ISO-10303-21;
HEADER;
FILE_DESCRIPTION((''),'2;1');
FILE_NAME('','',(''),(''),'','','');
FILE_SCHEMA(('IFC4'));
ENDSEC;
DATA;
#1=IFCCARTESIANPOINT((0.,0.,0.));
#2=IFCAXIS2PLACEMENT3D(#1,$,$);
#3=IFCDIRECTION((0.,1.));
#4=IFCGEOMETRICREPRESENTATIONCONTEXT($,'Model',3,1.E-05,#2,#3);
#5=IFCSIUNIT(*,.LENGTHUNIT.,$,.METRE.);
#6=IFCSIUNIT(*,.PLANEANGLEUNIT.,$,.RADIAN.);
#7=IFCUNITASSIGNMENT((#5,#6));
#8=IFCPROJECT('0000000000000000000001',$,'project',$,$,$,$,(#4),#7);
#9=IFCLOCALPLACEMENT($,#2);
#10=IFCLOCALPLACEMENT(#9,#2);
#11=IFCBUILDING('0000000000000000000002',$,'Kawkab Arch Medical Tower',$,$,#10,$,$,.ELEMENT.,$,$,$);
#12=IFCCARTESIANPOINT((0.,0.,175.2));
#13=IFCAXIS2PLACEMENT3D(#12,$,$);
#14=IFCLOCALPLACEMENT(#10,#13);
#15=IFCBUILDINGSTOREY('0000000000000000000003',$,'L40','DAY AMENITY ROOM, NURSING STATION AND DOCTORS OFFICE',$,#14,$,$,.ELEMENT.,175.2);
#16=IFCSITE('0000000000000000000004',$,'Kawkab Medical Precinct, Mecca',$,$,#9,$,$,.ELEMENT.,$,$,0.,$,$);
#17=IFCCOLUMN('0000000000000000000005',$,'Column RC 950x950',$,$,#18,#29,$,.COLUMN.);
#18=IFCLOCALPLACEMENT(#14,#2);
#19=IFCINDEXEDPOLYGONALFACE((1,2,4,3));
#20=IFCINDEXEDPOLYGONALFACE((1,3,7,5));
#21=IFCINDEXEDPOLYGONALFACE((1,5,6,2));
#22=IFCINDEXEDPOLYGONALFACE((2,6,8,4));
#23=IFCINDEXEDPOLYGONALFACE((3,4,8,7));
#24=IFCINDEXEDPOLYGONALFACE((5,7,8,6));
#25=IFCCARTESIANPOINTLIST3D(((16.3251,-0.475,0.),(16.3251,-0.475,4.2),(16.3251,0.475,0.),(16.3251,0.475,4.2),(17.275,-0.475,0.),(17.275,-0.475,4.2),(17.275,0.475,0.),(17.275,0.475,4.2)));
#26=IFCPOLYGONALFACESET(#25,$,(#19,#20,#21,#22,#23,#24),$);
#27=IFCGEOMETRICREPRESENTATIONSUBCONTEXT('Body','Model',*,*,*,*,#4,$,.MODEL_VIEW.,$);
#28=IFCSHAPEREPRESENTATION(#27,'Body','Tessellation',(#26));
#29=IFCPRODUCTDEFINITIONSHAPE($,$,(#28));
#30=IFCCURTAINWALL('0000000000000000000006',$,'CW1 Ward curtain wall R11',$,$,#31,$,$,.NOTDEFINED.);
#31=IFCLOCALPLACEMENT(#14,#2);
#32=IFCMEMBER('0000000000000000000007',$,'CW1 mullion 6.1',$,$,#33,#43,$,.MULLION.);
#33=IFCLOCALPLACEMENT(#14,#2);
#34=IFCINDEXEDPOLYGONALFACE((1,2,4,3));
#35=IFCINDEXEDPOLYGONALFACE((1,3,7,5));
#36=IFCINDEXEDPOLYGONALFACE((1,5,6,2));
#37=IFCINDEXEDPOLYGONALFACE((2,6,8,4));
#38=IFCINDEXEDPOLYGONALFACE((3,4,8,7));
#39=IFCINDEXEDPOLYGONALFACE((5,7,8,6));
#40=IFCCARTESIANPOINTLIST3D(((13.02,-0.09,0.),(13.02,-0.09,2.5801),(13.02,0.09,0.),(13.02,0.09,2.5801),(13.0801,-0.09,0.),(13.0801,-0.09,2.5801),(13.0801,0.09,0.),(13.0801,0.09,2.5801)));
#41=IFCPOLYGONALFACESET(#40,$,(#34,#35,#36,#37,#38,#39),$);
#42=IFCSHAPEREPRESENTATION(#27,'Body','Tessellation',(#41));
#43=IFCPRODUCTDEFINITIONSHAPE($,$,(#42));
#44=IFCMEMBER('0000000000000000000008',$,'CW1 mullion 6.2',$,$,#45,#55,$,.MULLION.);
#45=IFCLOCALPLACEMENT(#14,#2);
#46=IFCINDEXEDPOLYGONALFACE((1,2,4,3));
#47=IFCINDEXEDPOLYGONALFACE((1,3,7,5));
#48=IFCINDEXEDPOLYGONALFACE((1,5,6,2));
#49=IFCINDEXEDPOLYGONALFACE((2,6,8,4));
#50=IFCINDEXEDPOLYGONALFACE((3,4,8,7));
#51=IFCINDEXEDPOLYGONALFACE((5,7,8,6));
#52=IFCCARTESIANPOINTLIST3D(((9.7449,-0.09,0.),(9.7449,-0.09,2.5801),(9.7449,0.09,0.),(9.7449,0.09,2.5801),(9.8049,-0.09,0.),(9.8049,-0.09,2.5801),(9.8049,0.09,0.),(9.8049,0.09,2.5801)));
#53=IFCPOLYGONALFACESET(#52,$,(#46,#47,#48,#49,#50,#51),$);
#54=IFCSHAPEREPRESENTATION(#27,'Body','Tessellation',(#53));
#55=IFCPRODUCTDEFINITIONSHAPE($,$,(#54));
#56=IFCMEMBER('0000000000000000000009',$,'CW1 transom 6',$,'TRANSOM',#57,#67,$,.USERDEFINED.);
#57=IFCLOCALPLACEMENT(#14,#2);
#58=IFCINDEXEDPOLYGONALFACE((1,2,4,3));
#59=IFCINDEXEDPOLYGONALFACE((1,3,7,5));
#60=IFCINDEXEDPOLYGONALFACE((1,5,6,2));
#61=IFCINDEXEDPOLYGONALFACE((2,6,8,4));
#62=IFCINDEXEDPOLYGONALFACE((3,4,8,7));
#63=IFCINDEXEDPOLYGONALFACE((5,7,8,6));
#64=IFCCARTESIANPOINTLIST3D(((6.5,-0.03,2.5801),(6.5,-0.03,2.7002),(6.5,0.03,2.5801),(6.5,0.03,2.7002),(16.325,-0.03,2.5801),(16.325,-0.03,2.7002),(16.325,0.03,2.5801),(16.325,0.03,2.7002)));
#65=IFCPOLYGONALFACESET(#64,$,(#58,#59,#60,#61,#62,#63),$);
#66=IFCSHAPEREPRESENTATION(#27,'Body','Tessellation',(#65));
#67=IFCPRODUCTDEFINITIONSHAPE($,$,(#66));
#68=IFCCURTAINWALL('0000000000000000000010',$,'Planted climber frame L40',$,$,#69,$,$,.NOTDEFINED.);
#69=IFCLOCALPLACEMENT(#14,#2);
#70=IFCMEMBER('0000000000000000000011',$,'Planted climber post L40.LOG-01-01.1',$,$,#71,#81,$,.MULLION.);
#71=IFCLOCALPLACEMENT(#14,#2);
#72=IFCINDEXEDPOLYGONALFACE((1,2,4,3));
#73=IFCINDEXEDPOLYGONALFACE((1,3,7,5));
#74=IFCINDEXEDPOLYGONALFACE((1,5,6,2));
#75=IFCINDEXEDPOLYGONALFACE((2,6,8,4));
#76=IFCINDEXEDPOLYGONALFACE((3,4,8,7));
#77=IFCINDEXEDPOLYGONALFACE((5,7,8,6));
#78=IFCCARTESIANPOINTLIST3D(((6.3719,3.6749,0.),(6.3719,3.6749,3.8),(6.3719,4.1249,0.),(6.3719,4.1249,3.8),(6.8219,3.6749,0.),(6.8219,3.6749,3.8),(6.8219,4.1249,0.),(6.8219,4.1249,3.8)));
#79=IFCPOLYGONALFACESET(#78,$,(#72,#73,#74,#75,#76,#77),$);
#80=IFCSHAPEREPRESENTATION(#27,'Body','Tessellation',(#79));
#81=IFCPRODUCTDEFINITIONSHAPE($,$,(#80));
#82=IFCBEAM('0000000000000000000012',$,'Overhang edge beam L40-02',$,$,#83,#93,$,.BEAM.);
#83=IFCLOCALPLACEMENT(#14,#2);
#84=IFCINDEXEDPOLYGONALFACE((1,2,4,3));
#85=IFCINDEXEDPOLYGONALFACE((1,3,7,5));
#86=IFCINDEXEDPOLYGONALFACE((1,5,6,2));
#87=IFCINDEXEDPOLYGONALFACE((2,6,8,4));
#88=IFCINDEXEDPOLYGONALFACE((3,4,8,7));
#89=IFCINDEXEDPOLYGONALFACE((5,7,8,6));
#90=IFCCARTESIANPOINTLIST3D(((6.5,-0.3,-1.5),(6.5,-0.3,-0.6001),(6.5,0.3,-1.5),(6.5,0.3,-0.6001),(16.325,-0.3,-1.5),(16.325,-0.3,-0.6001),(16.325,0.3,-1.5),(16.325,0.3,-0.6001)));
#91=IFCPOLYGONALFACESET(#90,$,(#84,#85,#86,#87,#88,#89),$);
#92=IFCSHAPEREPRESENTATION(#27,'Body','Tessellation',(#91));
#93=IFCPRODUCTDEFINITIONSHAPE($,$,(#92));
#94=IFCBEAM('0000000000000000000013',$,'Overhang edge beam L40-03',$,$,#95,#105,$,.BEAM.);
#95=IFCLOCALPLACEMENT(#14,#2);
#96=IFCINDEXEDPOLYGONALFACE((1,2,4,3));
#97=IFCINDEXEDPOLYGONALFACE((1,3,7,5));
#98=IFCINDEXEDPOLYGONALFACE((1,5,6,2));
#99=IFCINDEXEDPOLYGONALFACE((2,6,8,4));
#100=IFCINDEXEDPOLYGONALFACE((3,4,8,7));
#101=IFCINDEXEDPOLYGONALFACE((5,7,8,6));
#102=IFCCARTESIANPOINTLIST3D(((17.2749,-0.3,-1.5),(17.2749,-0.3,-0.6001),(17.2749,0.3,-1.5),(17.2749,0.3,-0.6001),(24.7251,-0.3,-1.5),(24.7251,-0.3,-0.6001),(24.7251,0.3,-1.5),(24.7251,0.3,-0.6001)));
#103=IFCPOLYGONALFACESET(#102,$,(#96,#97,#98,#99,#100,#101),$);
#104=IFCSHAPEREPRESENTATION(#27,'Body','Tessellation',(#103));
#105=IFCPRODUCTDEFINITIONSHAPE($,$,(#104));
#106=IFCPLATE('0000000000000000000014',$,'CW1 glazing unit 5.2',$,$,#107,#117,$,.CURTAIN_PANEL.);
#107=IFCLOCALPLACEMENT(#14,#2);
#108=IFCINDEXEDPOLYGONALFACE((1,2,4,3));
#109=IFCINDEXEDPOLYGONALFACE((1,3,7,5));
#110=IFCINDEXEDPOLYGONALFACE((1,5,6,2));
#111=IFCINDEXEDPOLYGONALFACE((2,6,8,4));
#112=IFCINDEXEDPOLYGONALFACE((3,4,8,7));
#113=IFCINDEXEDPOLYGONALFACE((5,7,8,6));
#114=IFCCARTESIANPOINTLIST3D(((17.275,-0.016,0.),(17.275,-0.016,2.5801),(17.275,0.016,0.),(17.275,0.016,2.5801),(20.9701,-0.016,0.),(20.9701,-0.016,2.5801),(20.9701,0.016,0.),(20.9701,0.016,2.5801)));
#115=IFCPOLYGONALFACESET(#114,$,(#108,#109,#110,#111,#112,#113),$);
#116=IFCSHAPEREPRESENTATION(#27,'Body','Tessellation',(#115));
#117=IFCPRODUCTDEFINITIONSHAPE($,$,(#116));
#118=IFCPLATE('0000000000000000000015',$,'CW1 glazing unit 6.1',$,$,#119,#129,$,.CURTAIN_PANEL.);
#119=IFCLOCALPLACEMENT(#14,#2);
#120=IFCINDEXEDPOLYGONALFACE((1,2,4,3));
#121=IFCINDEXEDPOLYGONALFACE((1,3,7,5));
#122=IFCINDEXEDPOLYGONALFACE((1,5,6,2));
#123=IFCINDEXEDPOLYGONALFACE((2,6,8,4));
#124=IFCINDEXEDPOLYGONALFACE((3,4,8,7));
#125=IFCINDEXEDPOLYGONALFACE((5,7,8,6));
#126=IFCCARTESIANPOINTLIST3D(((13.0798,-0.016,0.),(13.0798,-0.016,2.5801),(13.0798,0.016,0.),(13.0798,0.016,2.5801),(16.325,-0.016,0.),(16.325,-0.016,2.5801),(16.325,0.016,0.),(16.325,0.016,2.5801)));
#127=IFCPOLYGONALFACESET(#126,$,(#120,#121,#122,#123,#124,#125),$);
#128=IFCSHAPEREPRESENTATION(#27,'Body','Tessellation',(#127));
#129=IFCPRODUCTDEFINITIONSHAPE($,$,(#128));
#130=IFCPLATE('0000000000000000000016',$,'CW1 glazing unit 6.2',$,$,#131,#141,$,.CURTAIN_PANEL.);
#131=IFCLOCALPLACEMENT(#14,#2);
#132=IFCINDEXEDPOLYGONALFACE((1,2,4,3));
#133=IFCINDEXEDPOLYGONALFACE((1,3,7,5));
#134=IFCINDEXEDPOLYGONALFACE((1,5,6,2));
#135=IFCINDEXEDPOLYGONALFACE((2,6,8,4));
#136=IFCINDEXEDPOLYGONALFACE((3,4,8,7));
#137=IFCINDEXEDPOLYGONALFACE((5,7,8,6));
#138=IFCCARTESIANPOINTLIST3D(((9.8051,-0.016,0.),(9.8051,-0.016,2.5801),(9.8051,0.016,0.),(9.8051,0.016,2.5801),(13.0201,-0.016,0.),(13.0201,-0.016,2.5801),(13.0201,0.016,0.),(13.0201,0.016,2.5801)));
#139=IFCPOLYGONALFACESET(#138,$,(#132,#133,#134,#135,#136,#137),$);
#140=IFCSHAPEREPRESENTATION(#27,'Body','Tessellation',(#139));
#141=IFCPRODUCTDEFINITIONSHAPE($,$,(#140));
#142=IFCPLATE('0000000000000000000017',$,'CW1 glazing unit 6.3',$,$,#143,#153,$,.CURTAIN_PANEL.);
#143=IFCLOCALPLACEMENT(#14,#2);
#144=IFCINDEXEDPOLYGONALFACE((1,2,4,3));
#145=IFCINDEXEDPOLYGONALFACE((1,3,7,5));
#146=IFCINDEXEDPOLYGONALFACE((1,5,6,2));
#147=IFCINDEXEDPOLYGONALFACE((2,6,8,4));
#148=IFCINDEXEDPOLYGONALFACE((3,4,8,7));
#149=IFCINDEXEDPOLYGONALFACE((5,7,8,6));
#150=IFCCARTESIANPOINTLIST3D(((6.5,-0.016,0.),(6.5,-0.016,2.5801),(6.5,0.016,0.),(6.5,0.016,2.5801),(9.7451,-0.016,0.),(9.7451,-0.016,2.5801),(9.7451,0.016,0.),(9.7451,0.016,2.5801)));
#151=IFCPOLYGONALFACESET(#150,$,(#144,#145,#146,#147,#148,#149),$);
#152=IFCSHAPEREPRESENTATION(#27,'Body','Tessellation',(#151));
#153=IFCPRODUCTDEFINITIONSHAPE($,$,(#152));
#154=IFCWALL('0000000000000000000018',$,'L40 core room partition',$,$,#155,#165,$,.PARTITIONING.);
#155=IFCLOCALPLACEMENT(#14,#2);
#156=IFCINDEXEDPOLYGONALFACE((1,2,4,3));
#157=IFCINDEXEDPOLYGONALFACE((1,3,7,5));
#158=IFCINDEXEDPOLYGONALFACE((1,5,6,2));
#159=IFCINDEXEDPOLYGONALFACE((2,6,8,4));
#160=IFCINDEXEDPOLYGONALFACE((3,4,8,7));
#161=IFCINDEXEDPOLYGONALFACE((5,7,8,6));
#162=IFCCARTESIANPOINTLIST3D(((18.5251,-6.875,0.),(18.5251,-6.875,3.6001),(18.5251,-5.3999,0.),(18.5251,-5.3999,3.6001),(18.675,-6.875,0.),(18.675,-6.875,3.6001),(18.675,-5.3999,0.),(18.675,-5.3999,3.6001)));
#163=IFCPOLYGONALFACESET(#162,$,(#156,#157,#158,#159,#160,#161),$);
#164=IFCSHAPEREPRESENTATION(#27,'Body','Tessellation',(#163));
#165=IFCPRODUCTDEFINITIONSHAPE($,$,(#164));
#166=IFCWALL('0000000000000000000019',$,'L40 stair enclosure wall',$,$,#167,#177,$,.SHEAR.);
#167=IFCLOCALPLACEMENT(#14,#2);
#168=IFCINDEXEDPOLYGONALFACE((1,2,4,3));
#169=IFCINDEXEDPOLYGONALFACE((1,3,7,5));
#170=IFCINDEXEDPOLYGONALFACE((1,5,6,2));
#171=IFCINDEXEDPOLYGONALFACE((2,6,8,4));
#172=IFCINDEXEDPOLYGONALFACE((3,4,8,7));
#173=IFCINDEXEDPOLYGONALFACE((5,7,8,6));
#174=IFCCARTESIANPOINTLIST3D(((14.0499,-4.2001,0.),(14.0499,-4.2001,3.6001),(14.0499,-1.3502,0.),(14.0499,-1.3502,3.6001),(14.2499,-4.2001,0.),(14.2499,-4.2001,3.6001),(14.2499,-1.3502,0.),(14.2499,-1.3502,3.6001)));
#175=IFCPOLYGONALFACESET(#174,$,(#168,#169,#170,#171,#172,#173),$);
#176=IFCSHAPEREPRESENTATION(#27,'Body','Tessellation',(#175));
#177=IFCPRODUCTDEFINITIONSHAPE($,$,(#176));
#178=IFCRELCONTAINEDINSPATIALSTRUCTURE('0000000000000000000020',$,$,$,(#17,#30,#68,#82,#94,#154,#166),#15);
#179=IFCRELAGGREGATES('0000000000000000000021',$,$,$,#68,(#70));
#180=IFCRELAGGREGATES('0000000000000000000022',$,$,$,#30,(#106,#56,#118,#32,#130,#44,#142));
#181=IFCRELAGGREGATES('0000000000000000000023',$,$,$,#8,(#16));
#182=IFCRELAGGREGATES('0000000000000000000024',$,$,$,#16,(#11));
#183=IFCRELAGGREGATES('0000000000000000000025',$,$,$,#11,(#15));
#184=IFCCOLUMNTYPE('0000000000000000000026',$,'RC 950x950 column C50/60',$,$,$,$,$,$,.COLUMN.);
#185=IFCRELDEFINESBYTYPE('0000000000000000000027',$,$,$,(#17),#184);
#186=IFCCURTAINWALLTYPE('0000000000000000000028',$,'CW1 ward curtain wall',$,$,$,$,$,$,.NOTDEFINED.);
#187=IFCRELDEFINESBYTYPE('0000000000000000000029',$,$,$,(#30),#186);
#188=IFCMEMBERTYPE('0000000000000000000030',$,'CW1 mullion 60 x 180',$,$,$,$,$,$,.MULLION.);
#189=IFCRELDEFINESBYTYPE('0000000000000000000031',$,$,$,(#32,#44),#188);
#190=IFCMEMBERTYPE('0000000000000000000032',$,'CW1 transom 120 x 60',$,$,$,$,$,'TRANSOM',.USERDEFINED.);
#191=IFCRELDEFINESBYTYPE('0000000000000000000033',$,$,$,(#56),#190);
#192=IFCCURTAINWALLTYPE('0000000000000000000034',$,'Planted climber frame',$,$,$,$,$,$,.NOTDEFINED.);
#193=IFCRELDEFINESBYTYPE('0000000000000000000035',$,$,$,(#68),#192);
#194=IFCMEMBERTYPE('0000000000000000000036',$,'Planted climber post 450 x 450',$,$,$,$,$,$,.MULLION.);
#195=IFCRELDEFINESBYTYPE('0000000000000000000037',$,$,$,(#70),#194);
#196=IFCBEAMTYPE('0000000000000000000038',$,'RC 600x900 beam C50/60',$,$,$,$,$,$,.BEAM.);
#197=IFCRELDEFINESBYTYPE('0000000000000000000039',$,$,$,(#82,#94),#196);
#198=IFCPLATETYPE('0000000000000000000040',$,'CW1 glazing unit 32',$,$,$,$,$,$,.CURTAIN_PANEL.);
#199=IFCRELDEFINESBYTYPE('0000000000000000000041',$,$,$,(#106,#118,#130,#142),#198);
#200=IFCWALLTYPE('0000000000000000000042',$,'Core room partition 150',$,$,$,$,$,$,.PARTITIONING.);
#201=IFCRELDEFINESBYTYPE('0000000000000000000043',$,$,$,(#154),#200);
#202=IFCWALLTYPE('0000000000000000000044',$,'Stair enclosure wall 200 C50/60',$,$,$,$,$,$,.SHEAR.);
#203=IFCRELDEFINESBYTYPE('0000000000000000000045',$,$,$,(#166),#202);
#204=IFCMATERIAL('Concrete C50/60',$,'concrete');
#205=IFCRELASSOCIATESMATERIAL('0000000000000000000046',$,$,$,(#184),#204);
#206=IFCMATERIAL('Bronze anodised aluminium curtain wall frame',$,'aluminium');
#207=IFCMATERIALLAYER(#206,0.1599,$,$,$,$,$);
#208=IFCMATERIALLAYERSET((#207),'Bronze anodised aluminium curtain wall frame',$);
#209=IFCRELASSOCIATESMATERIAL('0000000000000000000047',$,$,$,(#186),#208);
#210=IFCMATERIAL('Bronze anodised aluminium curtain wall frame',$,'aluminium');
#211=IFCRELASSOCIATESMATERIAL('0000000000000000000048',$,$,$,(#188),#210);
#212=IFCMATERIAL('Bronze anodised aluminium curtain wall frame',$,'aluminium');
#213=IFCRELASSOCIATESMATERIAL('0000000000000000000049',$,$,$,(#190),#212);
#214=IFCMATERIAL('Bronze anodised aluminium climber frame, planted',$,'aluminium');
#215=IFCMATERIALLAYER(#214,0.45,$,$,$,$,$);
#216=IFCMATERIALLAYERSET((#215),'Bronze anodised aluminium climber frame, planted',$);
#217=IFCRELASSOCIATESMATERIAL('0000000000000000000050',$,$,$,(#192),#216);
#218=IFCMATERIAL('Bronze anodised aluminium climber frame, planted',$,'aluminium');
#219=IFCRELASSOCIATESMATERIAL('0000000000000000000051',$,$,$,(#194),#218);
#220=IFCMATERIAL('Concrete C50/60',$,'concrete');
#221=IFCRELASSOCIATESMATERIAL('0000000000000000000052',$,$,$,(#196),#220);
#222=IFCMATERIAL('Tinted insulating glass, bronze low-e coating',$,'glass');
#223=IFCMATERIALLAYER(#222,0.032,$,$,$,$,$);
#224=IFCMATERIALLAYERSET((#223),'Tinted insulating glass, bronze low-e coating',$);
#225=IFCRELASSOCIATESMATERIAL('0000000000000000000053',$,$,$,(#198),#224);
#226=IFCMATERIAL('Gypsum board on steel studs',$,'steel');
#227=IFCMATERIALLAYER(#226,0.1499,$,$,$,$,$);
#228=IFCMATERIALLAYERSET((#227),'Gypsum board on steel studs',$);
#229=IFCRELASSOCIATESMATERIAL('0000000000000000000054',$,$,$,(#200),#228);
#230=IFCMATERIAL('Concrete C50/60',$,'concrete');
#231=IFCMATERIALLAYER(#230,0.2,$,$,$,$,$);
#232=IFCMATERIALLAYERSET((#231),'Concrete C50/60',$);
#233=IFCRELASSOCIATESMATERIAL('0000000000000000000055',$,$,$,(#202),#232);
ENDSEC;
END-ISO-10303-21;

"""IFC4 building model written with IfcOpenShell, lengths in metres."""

from ifc_helpers import new_model, si_unit, direction, frame, frame_2d, origin, origin_2d, place, context, subcontext, project, spatial, rectangle, extrude, material, layer, layer_set, material_profile, profile_set, type_object, element, aggregate, save


model = new_model("IFC4")

# Units and contexts
model_context = context("Model", 3, precision=1e-05, world=origin(), true_north=direction((0.0, 1.0)))
body_context = subcontext(model_context, "Body", "Model", "MODEL_VIEW")
ifc_project = project(units=[si_unit("LENGTHUNIT", "METRE"), si_unit("PLANEANGLEUNIT", "RADIAN")], contexts=[model_context])

# Site, building, storey
site_placement = place(None, origin())
site = spatial("IfcSite", under=ifc_project, at=site_placement, Name="Kawkab Medical Precinct, Mecca", CompositionType="ELEMENT", RefElevation=0.0)
building_placement = place(site_placement, origin())
building = spatial("IfcBuilding", under=site, at=building_placement, Name="Kawkab Arch Medical Tower", CompositionType="ELEMENT")
storey_placement = place(building_placement, frame((0.0, 0.0, 175.2)))
storey = spatial("IfcBuildingStorey", under=building, at=storey_placement, Name="L40", Description="DAY AMENITY ROOM, NURSING STATION AND DOCTORS OFFICE", CompositionType="ELEMENT", Elevation=175.2)

# Column
ifc_material_1 = material(Name="Concrete C50/60", Category="concrete")
ifc_material_profile_1 = material_profile(ifc_material_1, rectangle(XDim=0.95, YDim=0.95, at=origin_2d()), Name="RC 950x950")
ifc_profile_set_1 = profile_set([ifc_material_profile_1], Name="Concrete C50/60")
column_type = type_object("IfcColumnType", Name="RC 950x950 column C50/60", PredefinedType="COLUMN", material=ifc_profile_set_1)
column_placement = place(storey_placement, frame((16.8, 0.0, 0.0), z_axis=(0.0, 0.0, 1.0), x_axis=(1.0, 0.0, 0.0)))
element("IfcColumn", 1, at=column_placement, inside=storey, type_object=column_type, Name="Column RC 950x950", PredefinedType="COLUMN", context=body_context, shape_type="SweptSolid", body=[
    extrude(rectangle(XDim=0.95, YDim=0.95, at=origin_2d()), origin(), (0.0, 0.0, 1.0), 4.2),
])

# Curtain wall, members
ifc_material_2 = material(Name="Bronze anodised aluminium curtain wall frame", Category="aluminium")
ifc_layer_1 = layer(ifc_material_2, 0.1599)
ifc_layer_set_1 = layer_set([ifc_layer_1], Name="Bronze anodised aluminium curtain wall frame")
curtain_wall_type_1 = type_object("IfcCurtainWallType", Name="CW1 ward curtain wall", PredefinedType="NOTDEFINED", material=ifc_layer_set_1)
placement = place(storey_placement, origin())
curtain_wall_1 = element("IfcCurtainWall", 2, at=placement, inside=storey, type_object=curtain_wall_type_1, Name="CW1 Ward curtain wall R11", PredefinedType="NOTDEFINED")
ifc_material_3 = material(Name="Bronze anodised aluminium curtain wall frame", Category="aluminium")
ifc_material_profile_2 = material_profile(ifc_material_3, rectangle(XDim=0.1799, YDim=0.0601, at=origin_2d()), Name="AL 60x180")
ifc_profile_set_2 = profile_set([ifc_material_profile_2], Name="Bronze anodised aluminium curtain wall frame")
member_type_1 = type_object("IfcMemberType", Name="CW1 mullion 60 x 180", PredefinedType="MULLION", material=ifc_profile_set_2)
member_1_placement = place(storey_placement, frame((13.05, 0.0, 0.0), z_axis=(0.0, 0.0, 1.0), x_axis=(0.0, -1.0, 0.0)))
member_1 = element("IfcMember", 3, at=member_1_placement, type_object=member_type_1, Name="CW1 mullion 6.1", PredefinedType="MULLION", context=body_context, shape_type="SweptSolid", body=[
    extrude(rectangle(XDim=0.1799, YDim=0.0601, at=origin_2d()), origin(), (0.0, 0.0, 1.0), 2.5801),
])
member_2_placement = place(storey_placement, frame((9.7749, 0.0, 0.0), z_axis=(0.0, 0.0, 1.0), x_axis=(0.0, -1.0, 0.0)))
member_2 = element("IfcMember", 4, at=member_2_placement, type_object=member_type_1, Name="CW1 mullion 6.2", PredefinedType="MULLION", context=body_context, shape_type="SweptSolid", body=[
    extrude(rectangle(XDim=0.1799, YDim=0.0601, at=origin_2d()), origin(), (0.0, 0.0, 1.0), 2.5801),
])
ifc_material_4 = material(Name="Bronze anodised aluminium curtain wall frame", Category="aluminium")
ifc_material_profile_3 = material_profile(ifc_material_4, rectangle(XDim=0.0601, YDim=0.1201, at=origin_2d()), Name="AL 60x120")
ifc_profile_set_3 = profile_set([ifc_material_profile_3], Name="Bronze anodised aluminium curtain wall frame")
member_type_2 = type_object("IfcMemberType", Name="CW1 transom 120 x 60", ElementType="TRANSOM", PredefinedType="USERDEFINED", material=ifc_profile_set_3)
member_3_placement = place(storey_placement, frame((16.325, 0.0, 2.6401), z_axis=(-1.0, 0.0, 0.0), x_axis=(0.0, -1.0, 0.0)))
member_3 = element("IfcMember", 5, at=member_3_placement, type_object=member_type_2, Name="CW1 transom 6", ObjectType="TRANSOM", PredefinedType="USERDEFINED", context=body_context, shape_type="SweptSolid", body=[
    extrude(rectangle(XDim=0.0601, YDim=0.1201, at=origin_2d()), origin(), (0.0, 0.0, 1.0), 9.825),
])

# Curtain wall, member
ifc_material_5 = material(Name="Bronze anodised aluminium climber frame, planted", Category="aluminium")
ifc_layer_2 = layer(ifc_material_5, 0.45)
ifc_layer_set_2 = layer_set([ifc_layer_2], Name="Bronze anodised aluminium climber frame, planted")
curtain_wall_type_2 = type_object("IfcCurtainWallType", Name="Planted climber frame", PredefinedType="NOTDEFINED", material=ifc_layer_set_2)
curtain_wall_2 = element("IfcCurtainWall", 6, at=placement, inside=storey, type_object=curtain_wall_type_2, Name="Planted climber frame L40", PredefinedType="NOTDEFINED")
ifc_material_6 = material(Name="Bronze anodised aluminium climber frame, planted", Category="aluminium")
ifc_material_profile_4 = material_profile(ifc_material_6, rectangle(XDim=0.45, YDim=0.45, at=origin_2d()), Name="Post 450x450")
ifc_profile_set_4 = profile_set([ifc_material_profile_4], Name="Bronze anodised aluminium climber frame, planted")
member_type_3 = type_object("IfcMemberType", Name="Planted climber post 450 x 450", PredefinedType="MULLION", material=ifc_profile_set_4)
member_4_placement = place(storey_placement, frame((6.5969, 3.8999, 0.0), z_axis=(0.0, 0.0, 1.0), x_axis=(1.0, 0.0, 0.0)))
member_4 = element("IfcMember", 7, at=member_4_placement, type_object=member_type_3, Name="Planted climber post L40.LOG-01-01.1", PredefinedType="MULLION", context=body_context, shape_type="SweptSolid", body=[
    extrude(rectangle(XDim=0.45, YDim=0.45, at=origin_2d()), origin(), (0.0, 0.0, 1.0), 3.8),
])
aggregate(curtain_wall_2, [member_4])

# Beams
ifc_material_7 = material(Name="Concrete C50/60", Category="concrete")
ifc_material_profile_5 = material_profile(ifc_material_7, rectangle(XDim=0.6001, YDim=0.8999, at=origin_2d()), Name="RC 600x900")
ifc_profile_set_5 = profile_set([ifc_material_profile_5], Name="Concrete C50/60")
beam_type = type_object("IfcBeamType", Name="RC 600x900 beam C50/60", PredefinedType="BEAM", material=ifc_profile_set_5)
beam_1_placement = place(storey_placement, frame((6.5, 0.0, -1.05), z_axis=(1.0, 0.0, 0.0), x_axis=(0.0, 1.0, 0.0)))
element("IfcBeam", 8, at=beam_1_placement, inside=storey, type_object=beam_type, Name="Overhang edge beam L40-02", PredefinedType="BEAM", context=body_context, shape_type="SweptSolid", body=[
    extrude(rectangle(XDim=0.6001, YDim=0.8999, at=origin_2d()), origin(), (0.0, 0.0, 1.0), 9.825),
])
beam_2_placement = place(storey_placement, frame((17.2749, 0.0, -1.05), z_axis=(1.0, 0.0, 0.0), x_axis=(0.0, 1.0, 0.0)))
element("IfcBeam", 9, at=beam_2_placement, inside=storey, type_object=beam_type, Name="Overhang edge beam L40-03", PredefinedType="BEAM", context=body_context, shape_type="SweptSolid", body=[
    extrude(rectangle(XDim=0.6001, YDim=0.8999, at=origin_2d()), origin(), (0.0, 0.0, 1.0), 7.4502),
])

# Plates
ifc_material_8 = material(Name="Tinted insulating glass, bronze low-e coating", Category="glass")
ifc_layer_3 = layer(ifc_material_8, 0.032)
ifc_layer_set_3 = layer_set([ifc_layer_3], Name="Tinted insulating glass, bronze low-e coating")
plate_type = type_object("IfcPlateType", Name="CW1 glazing unit 32", PredefinedType="CURTAIN_PANEL", material=ifc_layer_set_3)
plate_1_placement = place(storey_placement, frame((19.1226, 0.0, 0.0), z_axis=(0.0, 0.0, 1.0), x_axis=(-1.0, 0.0, 0.0)))
plate_1 = element("IfcPlate", 10, at=plate_1_placement, type_object=plate_type, Name="CW1 glazing unit 5.2", PredefinedType="CURTAIN_PANEL", context=body_context, shape_type="SweptSolid", body=[
    extrude(rectangle(XDim=3.6951, YDim=0.032, at=origin_2d()), origin(), (0.0, 0.0, 1.0), 2.5801),
])
plate_2_placement = place(storey_placement, frame((14.7024, 0.0, 0.0), z_axis=(0.0, 0.0, 1.0), x_axis=(-1.0, 0.0, 0.0)))
plate_2 = element("IfcPlate", 11, at=plate_2_placement, type_object=plate_type, Name="CW1 glazing unit 6.1", PredefinedType="CURTAIN_PANEL", context=body_context, shape_type="SweptSolid", body=[
    extrude(rectangle(XDim=3.2451, YDim=0.032, at=origin_2d()), origin(), (0.0, 0.0, 1.0), 2.5801),
])
plate_3_placement = place(storey_placement, frame((11.4126, 0.0, 0.0), z_axis=(0.0, 0.0, 1.0), x_axis=(-1.0, 0.0, 0.0)))
plate_3 = element("IfcPlate", 12, at=plate_3_placement, type_object=plate_type, Name="CW1 glazing unit 6.2", PredefinedType="CURTAIN_PANEL", context=body_context, shape_type="SweptSolid", body=[
    extrude(rectangle(XDim=3.2151, YDim=0.032, at=origin_2d()), origin(), (0.0, 0.0, 1.0), 2.5801),
])
plate_4_placement = place(storey_placement, frame((8.1226, 0.0, 0.0), z_axis=(0.0, 0.0, 1.0), x_axis=(-1.0, 0.0, 0.0)))
plate_4 = element("IfcPlate", 13, at=plate_4_placement, type_object=plate_type, Name="CW1 glazing unit 6.3", PredefinedType="CURTAIN_PANEL", context=body_context, shape_type="SweptSolid", body=[
    extrude(rectangle(XDim=3.2451, YDim=0.032, at=origin_2d()), origin(), (0.0, 0.0, 1.0), 2.5801),
])
aggregate(curtain_wall_1, [plate_1, member_3, plate_2, member_1, plate_3, member_2, plate_4])

# Walls
ifc_material_9 = material(Name="Gypsum board on steel studs", Category="steel")
ifc_layer_4 = layer(ifc_material_9, 0.1499)
ifc_layer_set_4 = layer_set([ifc_layer_4], Name="Gypsum board on steel studs")
wall_type_1 = type_object("IfcWallType", Name="Core room partition 150", PredefinedType="PARTITIONING", material=ifc_layer_set_4)
wall_1_placement = place(storey_placement, frame((18.6001, -6.875, 0.0), z_axis=(0.0, 0.0, 1.0), x_axis=(0.0, 1.0, 0.0)))
element("IfcWall", 14, at=wall_1_placement, inside=storey, type_object=wall_type_1, Name="L40 core room partition", PredefinedType="PARTITIONING", context=body_context, shape_type="SweptSolid", body=[
    extrude(rectangle(XDim=1.4751, YDim=0.1499, at=frame_2d((0.7375, 0.0))), origin(), (0.0, 0.0, 1.0), 3.6001),
])
ifc_material_10 = material(Name="Concrete C50/60", Category="concrete")
ifc_layer_5 = layer(ifc_material_10, 0.2)
ifc_layer_set_5 = layer_set([ifc_layer_5], Name="Concrete C50/60")
wall_type_2 = type_object("IfcWallType", Name="Stair enclosure wall 200 C50/60", PredefinedType="SHEAR", material=ifc_layer_set_5)
for number, where, z_axis, x_axis, name in (
    (15, (14.1499, -4.2, 0.0), (0.0, 0.0, 1.0), (0.0, 1.0, 0.0), "L40 stair enclosure wall"),
):
    element("IfcWall", number, at=place(storey_placement, frame(where, z_axis=z_axis, x_axis=x_axis)), inside=storey, type_object=wall_type_2, Name=name, PredefinedType="SHEAR", context=body_context, shape_type="SweptSolid", body=[
        extrude(rectangle(XDim=2.8499, YDim=0.2, at=frame_2d((1.4248, 0.0))), origin(), (0.0, 0.0, 1.0), 3.6001),
    ])

save(model, "model.ifc")
